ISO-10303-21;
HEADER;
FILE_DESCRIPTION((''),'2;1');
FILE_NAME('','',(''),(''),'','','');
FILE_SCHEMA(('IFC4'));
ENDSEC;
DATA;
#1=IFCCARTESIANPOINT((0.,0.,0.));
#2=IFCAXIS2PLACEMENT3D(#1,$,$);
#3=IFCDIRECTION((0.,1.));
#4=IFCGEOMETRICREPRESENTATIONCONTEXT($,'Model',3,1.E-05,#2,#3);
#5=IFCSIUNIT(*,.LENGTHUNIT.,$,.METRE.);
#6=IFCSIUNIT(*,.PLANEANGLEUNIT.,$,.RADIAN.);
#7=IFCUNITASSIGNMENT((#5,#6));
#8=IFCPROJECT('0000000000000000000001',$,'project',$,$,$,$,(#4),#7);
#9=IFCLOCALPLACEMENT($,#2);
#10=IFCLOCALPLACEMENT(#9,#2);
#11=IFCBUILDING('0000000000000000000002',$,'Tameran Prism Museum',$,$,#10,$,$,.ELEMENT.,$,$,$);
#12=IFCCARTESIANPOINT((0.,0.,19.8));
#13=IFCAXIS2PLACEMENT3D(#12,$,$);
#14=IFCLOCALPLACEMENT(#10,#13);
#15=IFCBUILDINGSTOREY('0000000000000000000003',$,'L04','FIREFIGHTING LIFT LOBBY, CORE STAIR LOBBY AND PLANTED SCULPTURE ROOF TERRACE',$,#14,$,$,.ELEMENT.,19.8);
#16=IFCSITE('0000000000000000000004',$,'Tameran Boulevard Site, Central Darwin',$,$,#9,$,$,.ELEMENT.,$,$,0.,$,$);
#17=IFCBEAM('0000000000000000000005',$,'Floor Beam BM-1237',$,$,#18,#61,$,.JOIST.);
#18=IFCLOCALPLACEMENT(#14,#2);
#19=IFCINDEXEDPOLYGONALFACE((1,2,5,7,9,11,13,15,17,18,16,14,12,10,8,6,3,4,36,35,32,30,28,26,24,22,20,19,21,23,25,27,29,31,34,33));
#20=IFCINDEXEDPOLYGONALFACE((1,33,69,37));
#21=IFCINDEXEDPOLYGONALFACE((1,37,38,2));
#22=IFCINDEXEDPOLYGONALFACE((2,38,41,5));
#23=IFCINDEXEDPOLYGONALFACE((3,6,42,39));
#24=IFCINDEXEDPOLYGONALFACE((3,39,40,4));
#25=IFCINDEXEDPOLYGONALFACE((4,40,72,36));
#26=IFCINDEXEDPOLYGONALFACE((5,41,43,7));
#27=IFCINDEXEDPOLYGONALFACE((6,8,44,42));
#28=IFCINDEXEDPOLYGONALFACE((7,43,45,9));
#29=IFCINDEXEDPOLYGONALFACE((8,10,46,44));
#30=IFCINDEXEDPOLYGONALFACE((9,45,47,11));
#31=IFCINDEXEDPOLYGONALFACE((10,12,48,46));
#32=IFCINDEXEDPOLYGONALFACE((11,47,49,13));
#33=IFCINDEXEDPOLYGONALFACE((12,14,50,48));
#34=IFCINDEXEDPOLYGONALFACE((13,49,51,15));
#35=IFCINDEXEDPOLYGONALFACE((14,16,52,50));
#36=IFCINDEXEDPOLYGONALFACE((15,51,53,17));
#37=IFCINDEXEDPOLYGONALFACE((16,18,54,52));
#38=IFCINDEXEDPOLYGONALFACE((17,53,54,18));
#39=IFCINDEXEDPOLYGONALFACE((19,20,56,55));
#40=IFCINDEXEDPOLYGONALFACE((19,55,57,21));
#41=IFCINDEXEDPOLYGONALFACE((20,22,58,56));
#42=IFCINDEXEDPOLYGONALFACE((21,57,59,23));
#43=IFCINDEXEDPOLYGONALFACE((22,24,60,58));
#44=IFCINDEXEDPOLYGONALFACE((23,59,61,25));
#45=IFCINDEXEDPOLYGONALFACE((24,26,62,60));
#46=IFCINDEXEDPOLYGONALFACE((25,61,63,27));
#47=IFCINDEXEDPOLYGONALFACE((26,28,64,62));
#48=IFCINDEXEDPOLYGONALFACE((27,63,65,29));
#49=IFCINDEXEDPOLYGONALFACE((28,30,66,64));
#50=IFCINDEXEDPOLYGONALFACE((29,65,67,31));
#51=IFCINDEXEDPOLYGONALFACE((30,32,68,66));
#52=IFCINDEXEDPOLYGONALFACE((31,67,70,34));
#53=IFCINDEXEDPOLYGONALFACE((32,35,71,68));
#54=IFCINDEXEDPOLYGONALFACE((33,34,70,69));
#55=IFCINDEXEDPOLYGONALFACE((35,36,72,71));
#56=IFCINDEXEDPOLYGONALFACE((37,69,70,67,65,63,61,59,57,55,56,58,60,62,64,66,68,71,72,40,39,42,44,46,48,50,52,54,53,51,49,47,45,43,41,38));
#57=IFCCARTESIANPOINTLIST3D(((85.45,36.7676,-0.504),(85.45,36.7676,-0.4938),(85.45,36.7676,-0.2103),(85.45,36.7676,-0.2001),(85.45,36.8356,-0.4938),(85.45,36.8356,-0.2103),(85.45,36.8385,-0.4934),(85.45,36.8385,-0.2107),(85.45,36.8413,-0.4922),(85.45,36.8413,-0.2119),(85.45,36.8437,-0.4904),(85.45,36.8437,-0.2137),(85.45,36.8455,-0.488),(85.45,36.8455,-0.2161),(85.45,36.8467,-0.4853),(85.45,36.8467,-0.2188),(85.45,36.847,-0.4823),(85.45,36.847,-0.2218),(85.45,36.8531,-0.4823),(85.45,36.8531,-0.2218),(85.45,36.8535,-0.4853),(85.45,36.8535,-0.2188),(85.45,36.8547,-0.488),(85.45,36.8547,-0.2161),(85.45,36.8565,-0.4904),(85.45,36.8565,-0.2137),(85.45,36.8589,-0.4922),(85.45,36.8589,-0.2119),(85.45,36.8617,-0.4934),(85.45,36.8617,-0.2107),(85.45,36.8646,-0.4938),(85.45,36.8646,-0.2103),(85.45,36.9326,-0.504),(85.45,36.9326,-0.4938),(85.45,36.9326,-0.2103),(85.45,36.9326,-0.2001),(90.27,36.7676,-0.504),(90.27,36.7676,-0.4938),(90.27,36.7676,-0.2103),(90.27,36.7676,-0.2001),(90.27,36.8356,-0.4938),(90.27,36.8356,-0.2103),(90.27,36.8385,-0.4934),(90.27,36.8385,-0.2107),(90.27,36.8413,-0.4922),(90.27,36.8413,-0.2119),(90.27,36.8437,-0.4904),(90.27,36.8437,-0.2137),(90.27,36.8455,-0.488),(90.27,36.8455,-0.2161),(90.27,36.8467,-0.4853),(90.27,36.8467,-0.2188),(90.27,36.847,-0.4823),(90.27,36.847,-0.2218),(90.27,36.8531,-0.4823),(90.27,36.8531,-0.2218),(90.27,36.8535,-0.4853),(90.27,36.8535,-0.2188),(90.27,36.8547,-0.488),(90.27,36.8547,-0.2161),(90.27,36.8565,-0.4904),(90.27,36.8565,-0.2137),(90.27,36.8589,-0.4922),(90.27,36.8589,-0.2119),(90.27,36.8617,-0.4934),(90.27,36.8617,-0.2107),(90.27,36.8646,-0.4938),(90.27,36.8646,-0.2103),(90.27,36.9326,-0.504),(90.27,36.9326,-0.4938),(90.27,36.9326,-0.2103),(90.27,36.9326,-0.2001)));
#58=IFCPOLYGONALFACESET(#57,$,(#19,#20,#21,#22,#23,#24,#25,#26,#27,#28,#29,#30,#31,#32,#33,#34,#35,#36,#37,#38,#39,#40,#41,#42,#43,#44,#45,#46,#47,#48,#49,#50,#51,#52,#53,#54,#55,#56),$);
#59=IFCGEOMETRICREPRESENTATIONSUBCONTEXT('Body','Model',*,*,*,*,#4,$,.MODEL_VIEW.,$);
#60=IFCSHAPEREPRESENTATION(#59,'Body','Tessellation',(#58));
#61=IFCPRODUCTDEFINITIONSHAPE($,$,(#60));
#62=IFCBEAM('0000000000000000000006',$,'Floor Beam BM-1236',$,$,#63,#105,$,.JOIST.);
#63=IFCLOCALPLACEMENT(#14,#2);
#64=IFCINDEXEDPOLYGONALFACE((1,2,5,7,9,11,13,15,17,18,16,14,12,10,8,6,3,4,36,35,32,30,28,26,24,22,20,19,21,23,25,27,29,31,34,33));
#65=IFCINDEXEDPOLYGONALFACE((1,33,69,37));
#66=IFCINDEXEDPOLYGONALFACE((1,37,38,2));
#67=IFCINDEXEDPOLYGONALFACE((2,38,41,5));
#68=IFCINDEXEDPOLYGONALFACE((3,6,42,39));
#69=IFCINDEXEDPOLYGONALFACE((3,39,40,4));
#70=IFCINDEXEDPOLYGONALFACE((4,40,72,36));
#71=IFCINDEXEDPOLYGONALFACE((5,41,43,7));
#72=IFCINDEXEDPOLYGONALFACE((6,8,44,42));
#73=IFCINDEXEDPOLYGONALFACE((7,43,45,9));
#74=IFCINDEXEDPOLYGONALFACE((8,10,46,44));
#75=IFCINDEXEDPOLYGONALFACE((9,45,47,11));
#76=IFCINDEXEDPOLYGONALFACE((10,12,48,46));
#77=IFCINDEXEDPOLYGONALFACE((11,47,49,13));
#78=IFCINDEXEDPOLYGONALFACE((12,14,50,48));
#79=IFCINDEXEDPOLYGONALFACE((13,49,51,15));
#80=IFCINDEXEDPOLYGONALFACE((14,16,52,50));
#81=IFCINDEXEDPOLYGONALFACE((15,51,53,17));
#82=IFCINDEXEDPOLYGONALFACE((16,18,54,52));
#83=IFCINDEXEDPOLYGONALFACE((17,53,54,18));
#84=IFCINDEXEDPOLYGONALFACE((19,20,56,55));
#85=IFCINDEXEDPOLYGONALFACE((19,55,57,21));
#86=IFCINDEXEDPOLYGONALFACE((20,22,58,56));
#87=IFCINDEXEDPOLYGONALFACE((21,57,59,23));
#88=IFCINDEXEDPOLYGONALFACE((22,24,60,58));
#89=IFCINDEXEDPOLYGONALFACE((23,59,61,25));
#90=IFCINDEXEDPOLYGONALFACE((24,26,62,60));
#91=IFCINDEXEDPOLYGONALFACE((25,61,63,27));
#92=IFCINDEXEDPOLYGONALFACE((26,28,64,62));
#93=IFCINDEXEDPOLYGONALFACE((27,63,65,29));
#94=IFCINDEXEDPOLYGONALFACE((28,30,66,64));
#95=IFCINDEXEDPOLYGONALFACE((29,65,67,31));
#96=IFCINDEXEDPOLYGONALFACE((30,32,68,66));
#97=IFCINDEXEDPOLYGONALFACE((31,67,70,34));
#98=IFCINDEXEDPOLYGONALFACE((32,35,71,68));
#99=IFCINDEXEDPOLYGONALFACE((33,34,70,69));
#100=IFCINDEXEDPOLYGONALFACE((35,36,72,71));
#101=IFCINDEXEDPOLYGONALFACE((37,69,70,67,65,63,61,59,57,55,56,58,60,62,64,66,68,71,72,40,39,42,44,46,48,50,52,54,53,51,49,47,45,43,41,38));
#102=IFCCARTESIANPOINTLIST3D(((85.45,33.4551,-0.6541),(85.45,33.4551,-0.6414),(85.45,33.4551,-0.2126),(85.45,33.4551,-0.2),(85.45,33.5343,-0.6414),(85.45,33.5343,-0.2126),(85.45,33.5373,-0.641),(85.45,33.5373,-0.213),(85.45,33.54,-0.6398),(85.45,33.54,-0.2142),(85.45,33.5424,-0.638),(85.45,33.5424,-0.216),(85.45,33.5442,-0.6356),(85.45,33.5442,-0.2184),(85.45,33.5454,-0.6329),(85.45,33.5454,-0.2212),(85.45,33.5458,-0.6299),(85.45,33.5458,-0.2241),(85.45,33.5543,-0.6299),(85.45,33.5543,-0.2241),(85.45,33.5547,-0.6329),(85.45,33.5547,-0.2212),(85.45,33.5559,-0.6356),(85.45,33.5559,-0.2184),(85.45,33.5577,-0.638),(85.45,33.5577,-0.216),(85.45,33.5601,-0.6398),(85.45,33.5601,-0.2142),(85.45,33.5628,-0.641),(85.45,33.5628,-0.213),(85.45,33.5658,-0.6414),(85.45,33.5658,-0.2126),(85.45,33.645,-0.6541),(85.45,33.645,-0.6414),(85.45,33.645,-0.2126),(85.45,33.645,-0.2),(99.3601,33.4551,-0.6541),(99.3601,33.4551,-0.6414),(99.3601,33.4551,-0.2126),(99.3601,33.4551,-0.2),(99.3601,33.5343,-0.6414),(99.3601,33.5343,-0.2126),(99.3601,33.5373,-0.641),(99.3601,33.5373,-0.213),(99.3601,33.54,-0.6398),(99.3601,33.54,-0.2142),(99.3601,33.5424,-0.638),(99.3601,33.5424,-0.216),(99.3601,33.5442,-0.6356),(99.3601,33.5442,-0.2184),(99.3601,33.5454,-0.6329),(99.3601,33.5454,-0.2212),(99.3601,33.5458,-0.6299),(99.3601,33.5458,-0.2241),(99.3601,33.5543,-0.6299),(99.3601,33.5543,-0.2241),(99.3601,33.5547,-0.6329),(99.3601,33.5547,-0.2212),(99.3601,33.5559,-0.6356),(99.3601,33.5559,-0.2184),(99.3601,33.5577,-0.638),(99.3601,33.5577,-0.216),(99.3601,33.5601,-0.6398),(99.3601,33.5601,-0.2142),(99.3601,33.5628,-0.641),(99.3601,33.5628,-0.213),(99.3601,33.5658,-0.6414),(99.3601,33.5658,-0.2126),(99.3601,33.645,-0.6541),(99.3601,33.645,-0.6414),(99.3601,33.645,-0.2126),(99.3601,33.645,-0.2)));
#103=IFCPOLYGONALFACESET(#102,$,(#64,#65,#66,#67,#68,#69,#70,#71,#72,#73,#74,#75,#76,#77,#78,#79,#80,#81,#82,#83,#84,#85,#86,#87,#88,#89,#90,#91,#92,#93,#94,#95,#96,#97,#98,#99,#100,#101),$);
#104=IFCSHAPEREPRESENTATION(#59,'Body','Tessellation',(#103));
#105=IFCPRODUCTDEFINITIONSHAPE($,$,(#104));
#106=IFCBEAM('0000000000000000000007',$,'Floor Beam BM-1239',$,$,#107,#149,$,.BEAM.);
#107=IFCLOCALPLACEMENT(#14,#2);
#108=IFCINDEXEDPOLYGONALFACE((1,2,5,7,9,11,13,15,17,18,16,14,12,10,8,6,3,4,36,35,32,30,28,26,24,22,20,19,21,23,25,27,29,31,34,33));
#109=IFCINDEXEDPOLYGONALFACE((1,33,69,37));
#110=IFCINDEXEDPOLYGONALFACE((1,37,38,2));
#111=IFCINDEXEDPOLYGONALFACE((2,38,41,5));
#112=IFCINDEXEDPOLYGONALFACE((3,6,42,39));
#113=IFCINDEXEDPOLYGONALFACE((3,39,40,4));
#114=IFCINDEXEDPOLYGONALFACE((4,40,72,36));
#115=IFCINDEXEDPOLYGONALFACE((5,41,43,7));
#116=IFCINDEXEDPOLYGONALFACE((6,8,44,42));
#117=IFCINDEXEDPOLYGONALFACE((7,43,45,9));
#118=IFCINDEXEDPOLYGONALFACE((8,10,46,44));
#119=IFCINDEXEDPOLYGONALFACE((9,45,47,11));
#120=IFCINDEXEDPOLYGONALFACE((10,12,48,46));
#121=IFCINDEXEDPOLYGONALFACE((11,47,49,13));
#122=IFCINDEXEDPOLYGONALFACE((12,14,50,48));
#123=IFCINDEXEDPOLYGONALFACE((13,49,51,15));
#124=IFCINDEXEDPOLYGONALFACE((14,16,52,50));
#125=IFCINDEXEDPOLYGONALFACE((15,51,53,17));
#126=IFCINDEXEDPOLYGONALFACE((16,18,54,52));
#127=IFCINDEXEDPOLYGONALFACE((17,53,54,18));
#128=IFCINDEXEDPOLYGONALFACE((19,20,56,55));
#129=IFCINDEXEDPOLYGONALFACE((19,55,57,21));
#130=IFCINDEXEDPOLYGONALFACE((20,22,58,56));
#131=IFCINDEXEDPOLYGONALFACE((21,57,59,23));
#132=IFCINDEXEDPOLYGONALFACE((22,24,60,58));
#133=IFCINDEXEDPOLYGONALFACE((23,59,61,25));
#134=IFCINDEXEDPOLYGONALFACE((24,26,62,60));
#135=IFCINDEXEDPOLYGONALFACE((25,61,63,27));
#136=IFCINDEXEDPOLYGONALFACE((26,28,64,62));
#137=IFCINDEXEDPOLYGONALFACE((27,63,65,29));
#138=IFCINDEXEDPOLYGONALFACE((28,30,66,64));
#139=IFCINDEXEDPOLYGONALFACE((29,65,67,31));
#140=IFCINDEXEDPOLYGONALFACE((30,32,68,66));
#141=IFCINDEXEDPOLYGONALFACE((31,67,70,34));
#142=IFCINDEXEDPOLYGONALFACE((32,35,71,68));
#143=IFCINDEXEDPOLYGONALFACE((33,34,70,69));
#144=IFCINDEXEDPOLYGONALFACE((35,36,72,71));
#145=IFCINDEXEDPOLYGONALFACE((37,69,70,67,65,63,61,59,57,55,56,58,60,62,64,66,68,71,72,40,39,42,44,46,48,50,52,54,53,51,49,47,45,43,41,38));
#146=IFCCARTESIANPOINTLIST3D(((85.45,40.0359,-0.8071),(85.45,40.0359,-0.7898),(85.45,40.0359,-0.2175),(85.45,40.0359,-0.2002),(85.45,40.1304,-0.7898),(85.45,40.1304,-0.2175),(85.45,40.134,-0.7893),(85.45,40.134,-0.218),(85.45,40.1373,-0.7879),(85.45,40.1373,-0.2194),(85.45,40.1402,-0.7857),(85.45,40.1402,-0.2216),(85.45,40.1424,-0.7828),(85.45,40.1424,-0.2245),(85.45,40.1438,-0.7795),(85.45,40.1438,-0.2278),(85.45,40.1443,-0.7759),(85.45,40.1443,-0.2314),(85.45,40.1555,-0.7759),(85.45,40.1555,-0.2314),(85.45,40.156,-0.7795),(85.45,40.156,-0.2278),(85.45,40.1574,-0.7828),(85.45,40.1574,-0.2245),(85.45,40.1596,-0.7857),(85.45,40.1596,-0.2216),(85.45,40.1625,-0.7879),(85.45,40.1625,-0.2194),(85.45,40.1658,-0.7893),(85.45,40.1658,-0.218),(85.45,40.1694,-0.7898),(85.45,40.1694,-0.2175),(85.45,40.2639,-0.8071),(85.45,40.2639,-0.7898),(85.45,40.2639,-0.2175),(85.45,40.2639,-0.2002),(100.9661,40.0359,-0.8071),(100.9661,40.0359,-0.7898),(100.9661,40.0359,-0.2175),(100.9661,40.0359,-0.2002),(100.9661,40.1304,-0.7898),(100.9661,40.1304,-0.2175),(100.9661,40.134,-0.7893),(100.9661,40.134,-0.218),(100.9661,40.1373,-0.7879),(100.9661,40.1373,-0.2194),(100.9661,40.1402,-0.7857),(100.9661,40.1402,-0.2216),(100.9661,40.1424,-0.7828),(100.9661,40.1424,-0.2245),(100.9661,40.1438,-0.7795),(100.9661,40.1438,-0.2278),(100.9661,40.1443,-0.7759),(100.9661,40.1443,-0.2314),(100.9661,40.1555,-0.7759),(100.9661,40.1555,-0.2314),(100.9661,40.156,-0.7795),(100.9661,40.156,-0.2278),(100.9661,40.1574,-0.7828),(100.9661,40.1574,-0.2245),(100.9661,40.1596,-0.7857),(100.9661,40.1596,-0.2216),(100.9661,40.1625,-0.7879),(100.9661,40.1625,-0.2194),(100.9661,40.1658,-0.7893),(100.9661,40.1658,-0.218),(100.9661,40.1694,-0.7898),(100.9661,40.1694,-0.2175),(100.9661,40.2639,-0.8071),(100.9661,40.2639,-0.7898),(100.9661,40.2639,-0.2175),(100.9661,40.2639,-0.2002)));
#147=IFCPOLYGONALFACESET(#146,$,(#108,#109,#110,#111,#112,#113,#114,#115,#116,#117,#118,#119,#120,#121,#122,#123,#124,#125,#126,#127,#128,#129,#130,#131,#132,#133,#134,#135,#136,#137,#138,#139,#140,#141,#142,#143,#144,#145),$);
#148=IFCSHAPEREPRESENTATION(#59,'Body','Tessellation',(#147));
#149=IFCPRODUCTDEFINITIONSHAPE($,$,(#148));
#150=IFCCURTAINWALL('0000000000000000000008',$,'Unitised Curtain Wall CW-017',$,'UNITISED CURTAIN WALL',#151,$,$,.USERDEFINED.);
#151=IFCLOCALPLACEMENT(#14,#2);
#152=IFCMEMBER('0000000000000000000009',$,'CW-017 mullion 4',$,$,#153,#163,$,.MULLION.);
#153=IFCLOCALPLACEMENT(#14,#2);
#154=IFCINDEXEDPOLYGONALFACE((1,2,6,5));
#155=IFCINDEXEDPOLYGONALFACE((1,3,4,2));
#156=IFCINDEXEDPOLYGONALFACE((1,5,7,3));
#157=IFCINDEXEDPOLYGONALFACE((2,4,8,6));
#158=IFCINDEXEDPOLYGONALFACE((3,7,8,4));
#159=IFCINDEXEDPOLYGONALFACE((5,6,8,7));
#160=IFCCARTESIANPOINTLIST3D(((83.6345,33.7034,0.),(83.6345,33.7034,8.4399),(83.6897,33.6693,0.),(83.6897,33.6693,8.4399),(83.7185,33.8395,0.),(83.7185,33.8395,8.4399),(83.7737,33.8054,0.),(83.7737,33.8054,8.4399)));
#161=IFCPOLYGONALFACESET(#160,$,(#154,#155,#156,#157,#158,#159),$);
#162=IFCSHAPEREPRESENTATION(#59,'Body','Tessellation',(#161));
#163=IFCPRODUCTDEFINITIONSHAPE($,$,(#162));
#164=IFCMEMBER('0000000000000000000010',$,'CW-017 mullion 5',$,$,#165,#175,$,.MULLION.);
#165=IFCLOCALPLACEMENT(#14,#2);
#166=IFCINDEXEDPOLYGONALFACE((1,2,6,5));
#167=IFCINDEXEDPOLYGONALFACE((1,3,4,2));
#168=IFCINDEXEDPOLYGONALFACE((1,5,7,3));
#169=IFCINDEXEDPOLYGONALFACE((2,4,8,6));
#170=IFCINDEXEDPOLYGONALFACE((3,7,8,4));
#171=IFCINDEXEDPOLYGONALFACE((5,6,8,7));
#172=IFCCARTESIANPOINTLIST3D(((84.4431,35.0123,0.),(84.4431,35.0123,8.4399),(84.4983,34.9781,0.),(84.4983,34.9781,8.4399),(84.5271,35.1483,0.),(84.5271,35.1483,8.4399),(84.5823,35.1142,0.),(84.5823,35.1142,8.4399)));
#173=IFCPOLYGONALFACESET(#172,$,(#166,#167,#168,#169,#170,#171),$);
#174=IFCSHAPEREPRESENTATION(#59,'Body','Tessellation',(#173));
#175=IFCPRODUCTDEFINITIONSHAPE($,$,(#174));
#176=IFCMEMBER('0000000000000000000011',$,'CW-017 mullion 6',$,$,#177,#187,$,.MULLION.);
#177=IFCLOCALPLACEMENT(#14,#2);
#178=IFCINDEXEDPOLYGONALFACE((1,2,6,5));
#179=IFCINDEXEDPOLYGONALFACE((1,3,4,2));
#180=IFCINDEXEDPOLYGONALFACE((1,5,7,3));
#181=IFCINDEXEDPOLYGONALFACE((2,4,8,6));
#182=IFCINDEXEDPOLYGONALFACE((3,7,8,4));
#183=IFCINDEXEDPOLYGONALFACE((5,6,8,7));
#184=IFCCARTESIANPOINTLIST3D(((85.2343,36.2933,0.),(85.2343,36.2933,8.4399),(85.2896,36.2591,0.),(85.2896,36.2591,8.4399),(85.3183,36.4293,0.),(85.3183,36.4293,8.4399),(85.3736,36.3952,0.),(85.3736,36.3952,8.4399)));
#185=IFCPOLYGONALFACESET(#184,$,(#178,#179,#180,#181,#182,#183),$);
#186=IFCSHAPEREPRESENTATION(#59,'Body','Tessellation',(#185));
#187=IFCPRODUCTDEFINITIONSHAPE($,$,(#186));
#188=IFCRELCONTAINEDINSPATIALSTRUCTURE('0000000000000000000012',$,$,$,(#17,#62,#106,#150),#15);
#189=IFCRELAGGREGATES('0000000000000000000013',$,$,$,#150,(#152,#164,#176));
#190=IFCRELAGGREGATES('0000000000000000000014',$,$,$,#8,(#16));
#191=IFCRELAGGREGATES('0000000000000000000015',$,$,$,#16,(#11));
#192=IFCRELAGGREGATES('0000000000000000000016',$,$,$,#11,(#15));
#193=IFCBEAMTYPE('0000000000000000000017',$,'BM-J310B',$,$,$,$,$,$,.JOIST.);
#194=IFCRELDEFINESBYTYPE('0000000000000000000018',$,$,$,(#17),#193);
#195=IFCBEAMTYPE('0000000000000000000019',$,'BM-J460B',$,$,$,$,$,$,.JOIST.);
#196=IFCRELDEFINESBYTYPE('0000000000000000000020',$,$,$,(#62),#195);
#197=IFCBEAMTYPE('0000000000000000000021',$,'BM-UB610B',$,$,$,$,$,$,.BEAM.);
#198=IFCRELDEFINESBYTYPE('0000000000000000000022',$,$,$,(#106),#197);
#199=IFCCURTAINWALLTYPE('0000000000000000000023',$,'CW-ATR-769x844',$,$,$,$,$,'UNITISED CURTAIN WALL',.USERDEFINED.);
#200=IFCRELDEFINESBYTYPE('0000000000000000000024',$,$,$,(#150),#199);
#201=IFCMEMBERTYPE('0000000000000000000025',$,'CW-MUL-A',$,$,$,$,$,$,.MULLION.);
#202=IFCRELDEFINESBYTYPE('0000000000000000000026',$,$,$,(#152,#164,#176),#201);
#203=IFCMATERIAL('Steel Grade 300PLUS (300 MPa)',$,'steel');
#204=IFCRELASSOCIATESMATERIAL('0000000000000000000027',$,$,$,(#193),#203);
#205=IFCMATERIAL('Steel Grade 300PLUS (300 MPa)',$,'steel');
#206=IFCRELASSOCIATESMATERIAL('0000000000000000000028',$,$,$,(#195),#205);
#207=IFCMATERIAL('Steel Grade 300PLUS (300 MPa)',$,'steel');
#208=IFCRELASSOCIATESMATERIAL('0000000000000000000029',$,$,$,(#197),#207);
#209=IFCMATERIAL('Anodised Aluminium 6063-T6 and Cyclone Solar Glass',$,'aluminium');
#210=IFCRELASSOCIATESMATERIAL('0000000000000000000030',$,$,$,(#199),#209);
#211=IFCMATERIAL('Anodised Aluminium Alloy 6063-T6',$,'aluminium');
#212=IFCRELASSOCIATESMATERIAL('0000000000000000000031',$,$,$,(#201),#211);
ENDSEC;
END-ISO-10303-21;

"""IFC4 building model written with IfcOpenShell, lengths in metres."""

from ifc_helpers import new_model, si_unit, direction, frame, origin, origin_2d, place, context, subcontext, project, spatial, rectangle, i_section, extrude, material, material_profile, profile_set, type_object, element, aggregate, save


model = new_model("IFC4")

# Units and contexts
model_context = context("Model", 3, precision=1e-05, world=origin(), true_north=direction((0.0, 1.0)))
body_context = subcontext(model_context, "Body", "Model", "MODEL_VIEW")
ifc_project = project(units=[si_unit("LENGTHUNIT", "METRE"), si_unit("PLANEANGLEUNIT", "RADIAN")], contexts=[model_context])

# Site, building, storey
site_placement = place(None, origin())
site = spatial("IfcSite", under=ifc_project, at=site_placement, Name="Tameran Boulevard Site, Central Darwin", CompositionType="ELEMENT", RefElevation=0.0)
building_placement = place(site_placement, origin())
building = spatial("IfcBuilding", under=site, at=building_placement, Name="Tameran Prism Museum", CompositionType="ELEMENT")
storey_placement = place(building_placement, frame((0.0, 0.0, 19.8)))
storey = spatial("IfcBuildingStorey", under=building, at=storey_placement, Name="L04", Description="FIREFIGHTING LIFT LOBBY, CORE STAIR LOBBY AND PLANTED SCULPTURE ROOF TERRACE", CompositionType="ELEMENT", Elevation=19.8)

# Beams
ifc_material_1 = material(Name="Steel Grade 300PLUS (300 MPa)", Category="steel")
ifc_material_profile_1 = material_profile(ifc_material_1, i_section(OverallWidth=0.165, OverallDepth=0.304, WebThickness=0.0061, FlangeThickness=0.0103, FilletRadius=0.0115, at=origin_2d()))
ifc_profile_set_1 = profile_set([ifc_material_profile_1])
beam_type_1 = type_object("IfcBeamType", Name="BM-J310B", PredefinedType="JOIST", material=ifc_profile_set_1)
beam_1_placement = place(storey_placement, frame((85.45, 36.8501, -0.3521), z_axis=(1.0, 0.0, 0.0), x_axis=(0.0, 1.0, 0.0)))
element("IfcBeam", 1, at=beam_1_placement, inside=storey, type_object=beam_type_1, Name="Floor Beam BM-1237", PredefinedType="JOIST", context=body_context, shape_type="SweptSolid", body=[
    extrude(i_section(OverallWidth=0.165, OverallDepth=0.304, WebThickness=0.0061, FlangeThickness=0.0103, FilletRadius=0.0115, at=origin_2d()), origin(), (0.0, 0.0, 1.0), 4.8201),
])
ifc_material_2 = material(Name="Steel Grade 300PLUS (300 MPa)", Category="steel")
ifc_material_profile_2 = material_profile(ifc_material_2, i_section(OverallWidth=0.1899, OverallDepth=0.4541, WebThickness=0.0085, FlangeThickness=0.0127, FilletRadius=0.0115, at=origin_2d()))
ifc_profile_set_2 = profile_set([ifc_material_profile_2])
beam_type_2 = type_object("IfcBeamType", Name="BM-J460B", PredefinedType="JOIST", material=ifc_profile_set_2)
beam_2_placement = place(storey_placement, frame((85.45, 33.55, -0.427), z_axis=(1.0, 0.0, 0.0), x_axis=(0.0, 1.0, 0.0)))
element("IfcBeam", 2, at=beam_2_placement, inside=storey, type_object=beam_type_2, Name="Floor Beam BM-1236", PredefinedType="JOIST", context=body_context, shape_type="SweptSolid", body=[
    extrude(i_section(OverallWidth=0.1899, OverallDepth=0.4541, WebThickness=0.0085, FlangeThickness=0.0127, FilletRadius=0.0115, at=origin_2d()), origin(), (0.0, 0.0, 1.0), 13.9102),
])
ifc_material_3 = material(Name="Steel Grade 300PLUS (300 MPa)", Category="steel")
ifc_material_profile_3 = material_profile(ifc_material_3, i_section(OverallWidth=0.228, OverallDepth=0.6069, WebThickness=0.0112, FlangeThickness=0.0173, FilletRadius=0.0139, at=origin_2d()))
ifc_profile_set_3 = profile_set([ifc_material_profile_3])
beam_type_3 = type_object("IfcBeamType", Name="BM-UB610B", PredefinedType="BEAM", material=ifc_profile_set_3)
beam_3_placement = place(storey_placement, frame((85.45, 40.1499, -0.5037), z_axis=(1.0, 0.0, 0.0), x_axis=(0.0, 1.0, 0.0)))
element("IfcBeam", 3, at=beam_3_placement, inside=storey, type_object=beam_type_3, Name="Floor Beam BM-1239", PredefinedType="BEAM", context=body_context, shape_type="SweptSolid", body=[
    extrude(i_section(OverallWidth=0.228, OverallDepth=0.6069, WebThickness=0.0112, FlangeThickness=0.0173, FilletRadius=0.0139, at=origin_2d()), origin(), (0.0, 0.0, 1.0), 15.5161),
])

# Curtain wall, members
ifc_material_4 = material(Name="Anodised Aluminium 6063-T6 and Cyclone Solar Glass", Category="aluminium")
curtain_wall_type = type_object("IfcCurtainWallType", Name="CW-ATR-769x844", ElementType="UNITISED CURTAIN WALL", PredefinedType="USERDEFINED", material=ifc_material_4)
curtain_wall_1_placement = place(storey_placement, origin())
curtain_wall_1 = element("IfcCurtainWall", 4, at=curtain_wall_1_placement, inside=storey, type_object=curtain_wall_type, Name="Unitised Curtain Wall CW-017", ObjectType="UNITISED CURTAIN WALL", PredefinedType="USERDEFINED")
ifc_material_5 = material(Name="Anodised Aluminium Alloy 6063-T6", Category="aluminium")
ifc_material_profile_4 = material_profile(ifc_material_5, rectangle(XDim=0.0649, YDim=0.1599, at=origin_2d()))
ifc_profile_set_4 = profile_set([ifc_material_profile_4])
member_type_1 = type_object("IfcMemberType", Name="CW-MUL-A", PredefinedType="MULLION", material=ifc_profile_set_4)
member_1_placement = place(storey_placement, frame((83.7041, 33.7544, 0.0), z_axis=(0.0, 0.0, 1.0), x_axis=(-0.850791, 0.525504, 0.0)))
member_1 = element("IfcMember", 5, at=member_1_placement, type_object=member_type_1, Name="CW-017 mullion 4", PredefinedType="MULLION", context=body_context, shape_type="SweptSolid", body=[
    extrude(rectangle(XDim=0.0649, YDim=0.1599, at=origin_2d()), origin(), (0.0, 0.0, 1.0), 8.4399),
])
member_2_placement = place(storey_placement, frame((84.5127, 35.0632, 0.0), z_axis=(0.0, 0.0, 1.0), x_axis=(-0.850791, 0.525504, 0.0)))
member_2 = element("IfcMember", 6, at=member_2_placement, type_object=member_type_1, Name="CW-017 mullion 5", PredefinedType="MULLION", context=body_context, shape_type="SweptSolid", body=[
    extrude(rectangle(XDim=0.0649, YDim=0.1599, at=origin_2d()), origin(), (0.0, 0.0, 1.0), 8.4399),
])
member_3_placement = place(storey_placement, frame((85.304, 36.3442, 0.0), z_axis=(0.0, 0.0, 1.0), x_axis=(-0.850791, 0.525504, 0.0)))
member_3 = element("IfcMember", 7, at=member_3_placement, type_object=member_type_1, Name="CW-017 mullion 6", PredefinedType="MULLION", context=body_context, shape_type="SweptSolid", body=[
    extrude(rectangle(XDim=0.0649, YDim=0.1599, at=origin_2d()), origin(), (0.0, 0.0, 1.0), 8.4399),
])

aggregate(curtain_wall_1, [member_1, member_2, member_3])

save(model, "model.ifc")
